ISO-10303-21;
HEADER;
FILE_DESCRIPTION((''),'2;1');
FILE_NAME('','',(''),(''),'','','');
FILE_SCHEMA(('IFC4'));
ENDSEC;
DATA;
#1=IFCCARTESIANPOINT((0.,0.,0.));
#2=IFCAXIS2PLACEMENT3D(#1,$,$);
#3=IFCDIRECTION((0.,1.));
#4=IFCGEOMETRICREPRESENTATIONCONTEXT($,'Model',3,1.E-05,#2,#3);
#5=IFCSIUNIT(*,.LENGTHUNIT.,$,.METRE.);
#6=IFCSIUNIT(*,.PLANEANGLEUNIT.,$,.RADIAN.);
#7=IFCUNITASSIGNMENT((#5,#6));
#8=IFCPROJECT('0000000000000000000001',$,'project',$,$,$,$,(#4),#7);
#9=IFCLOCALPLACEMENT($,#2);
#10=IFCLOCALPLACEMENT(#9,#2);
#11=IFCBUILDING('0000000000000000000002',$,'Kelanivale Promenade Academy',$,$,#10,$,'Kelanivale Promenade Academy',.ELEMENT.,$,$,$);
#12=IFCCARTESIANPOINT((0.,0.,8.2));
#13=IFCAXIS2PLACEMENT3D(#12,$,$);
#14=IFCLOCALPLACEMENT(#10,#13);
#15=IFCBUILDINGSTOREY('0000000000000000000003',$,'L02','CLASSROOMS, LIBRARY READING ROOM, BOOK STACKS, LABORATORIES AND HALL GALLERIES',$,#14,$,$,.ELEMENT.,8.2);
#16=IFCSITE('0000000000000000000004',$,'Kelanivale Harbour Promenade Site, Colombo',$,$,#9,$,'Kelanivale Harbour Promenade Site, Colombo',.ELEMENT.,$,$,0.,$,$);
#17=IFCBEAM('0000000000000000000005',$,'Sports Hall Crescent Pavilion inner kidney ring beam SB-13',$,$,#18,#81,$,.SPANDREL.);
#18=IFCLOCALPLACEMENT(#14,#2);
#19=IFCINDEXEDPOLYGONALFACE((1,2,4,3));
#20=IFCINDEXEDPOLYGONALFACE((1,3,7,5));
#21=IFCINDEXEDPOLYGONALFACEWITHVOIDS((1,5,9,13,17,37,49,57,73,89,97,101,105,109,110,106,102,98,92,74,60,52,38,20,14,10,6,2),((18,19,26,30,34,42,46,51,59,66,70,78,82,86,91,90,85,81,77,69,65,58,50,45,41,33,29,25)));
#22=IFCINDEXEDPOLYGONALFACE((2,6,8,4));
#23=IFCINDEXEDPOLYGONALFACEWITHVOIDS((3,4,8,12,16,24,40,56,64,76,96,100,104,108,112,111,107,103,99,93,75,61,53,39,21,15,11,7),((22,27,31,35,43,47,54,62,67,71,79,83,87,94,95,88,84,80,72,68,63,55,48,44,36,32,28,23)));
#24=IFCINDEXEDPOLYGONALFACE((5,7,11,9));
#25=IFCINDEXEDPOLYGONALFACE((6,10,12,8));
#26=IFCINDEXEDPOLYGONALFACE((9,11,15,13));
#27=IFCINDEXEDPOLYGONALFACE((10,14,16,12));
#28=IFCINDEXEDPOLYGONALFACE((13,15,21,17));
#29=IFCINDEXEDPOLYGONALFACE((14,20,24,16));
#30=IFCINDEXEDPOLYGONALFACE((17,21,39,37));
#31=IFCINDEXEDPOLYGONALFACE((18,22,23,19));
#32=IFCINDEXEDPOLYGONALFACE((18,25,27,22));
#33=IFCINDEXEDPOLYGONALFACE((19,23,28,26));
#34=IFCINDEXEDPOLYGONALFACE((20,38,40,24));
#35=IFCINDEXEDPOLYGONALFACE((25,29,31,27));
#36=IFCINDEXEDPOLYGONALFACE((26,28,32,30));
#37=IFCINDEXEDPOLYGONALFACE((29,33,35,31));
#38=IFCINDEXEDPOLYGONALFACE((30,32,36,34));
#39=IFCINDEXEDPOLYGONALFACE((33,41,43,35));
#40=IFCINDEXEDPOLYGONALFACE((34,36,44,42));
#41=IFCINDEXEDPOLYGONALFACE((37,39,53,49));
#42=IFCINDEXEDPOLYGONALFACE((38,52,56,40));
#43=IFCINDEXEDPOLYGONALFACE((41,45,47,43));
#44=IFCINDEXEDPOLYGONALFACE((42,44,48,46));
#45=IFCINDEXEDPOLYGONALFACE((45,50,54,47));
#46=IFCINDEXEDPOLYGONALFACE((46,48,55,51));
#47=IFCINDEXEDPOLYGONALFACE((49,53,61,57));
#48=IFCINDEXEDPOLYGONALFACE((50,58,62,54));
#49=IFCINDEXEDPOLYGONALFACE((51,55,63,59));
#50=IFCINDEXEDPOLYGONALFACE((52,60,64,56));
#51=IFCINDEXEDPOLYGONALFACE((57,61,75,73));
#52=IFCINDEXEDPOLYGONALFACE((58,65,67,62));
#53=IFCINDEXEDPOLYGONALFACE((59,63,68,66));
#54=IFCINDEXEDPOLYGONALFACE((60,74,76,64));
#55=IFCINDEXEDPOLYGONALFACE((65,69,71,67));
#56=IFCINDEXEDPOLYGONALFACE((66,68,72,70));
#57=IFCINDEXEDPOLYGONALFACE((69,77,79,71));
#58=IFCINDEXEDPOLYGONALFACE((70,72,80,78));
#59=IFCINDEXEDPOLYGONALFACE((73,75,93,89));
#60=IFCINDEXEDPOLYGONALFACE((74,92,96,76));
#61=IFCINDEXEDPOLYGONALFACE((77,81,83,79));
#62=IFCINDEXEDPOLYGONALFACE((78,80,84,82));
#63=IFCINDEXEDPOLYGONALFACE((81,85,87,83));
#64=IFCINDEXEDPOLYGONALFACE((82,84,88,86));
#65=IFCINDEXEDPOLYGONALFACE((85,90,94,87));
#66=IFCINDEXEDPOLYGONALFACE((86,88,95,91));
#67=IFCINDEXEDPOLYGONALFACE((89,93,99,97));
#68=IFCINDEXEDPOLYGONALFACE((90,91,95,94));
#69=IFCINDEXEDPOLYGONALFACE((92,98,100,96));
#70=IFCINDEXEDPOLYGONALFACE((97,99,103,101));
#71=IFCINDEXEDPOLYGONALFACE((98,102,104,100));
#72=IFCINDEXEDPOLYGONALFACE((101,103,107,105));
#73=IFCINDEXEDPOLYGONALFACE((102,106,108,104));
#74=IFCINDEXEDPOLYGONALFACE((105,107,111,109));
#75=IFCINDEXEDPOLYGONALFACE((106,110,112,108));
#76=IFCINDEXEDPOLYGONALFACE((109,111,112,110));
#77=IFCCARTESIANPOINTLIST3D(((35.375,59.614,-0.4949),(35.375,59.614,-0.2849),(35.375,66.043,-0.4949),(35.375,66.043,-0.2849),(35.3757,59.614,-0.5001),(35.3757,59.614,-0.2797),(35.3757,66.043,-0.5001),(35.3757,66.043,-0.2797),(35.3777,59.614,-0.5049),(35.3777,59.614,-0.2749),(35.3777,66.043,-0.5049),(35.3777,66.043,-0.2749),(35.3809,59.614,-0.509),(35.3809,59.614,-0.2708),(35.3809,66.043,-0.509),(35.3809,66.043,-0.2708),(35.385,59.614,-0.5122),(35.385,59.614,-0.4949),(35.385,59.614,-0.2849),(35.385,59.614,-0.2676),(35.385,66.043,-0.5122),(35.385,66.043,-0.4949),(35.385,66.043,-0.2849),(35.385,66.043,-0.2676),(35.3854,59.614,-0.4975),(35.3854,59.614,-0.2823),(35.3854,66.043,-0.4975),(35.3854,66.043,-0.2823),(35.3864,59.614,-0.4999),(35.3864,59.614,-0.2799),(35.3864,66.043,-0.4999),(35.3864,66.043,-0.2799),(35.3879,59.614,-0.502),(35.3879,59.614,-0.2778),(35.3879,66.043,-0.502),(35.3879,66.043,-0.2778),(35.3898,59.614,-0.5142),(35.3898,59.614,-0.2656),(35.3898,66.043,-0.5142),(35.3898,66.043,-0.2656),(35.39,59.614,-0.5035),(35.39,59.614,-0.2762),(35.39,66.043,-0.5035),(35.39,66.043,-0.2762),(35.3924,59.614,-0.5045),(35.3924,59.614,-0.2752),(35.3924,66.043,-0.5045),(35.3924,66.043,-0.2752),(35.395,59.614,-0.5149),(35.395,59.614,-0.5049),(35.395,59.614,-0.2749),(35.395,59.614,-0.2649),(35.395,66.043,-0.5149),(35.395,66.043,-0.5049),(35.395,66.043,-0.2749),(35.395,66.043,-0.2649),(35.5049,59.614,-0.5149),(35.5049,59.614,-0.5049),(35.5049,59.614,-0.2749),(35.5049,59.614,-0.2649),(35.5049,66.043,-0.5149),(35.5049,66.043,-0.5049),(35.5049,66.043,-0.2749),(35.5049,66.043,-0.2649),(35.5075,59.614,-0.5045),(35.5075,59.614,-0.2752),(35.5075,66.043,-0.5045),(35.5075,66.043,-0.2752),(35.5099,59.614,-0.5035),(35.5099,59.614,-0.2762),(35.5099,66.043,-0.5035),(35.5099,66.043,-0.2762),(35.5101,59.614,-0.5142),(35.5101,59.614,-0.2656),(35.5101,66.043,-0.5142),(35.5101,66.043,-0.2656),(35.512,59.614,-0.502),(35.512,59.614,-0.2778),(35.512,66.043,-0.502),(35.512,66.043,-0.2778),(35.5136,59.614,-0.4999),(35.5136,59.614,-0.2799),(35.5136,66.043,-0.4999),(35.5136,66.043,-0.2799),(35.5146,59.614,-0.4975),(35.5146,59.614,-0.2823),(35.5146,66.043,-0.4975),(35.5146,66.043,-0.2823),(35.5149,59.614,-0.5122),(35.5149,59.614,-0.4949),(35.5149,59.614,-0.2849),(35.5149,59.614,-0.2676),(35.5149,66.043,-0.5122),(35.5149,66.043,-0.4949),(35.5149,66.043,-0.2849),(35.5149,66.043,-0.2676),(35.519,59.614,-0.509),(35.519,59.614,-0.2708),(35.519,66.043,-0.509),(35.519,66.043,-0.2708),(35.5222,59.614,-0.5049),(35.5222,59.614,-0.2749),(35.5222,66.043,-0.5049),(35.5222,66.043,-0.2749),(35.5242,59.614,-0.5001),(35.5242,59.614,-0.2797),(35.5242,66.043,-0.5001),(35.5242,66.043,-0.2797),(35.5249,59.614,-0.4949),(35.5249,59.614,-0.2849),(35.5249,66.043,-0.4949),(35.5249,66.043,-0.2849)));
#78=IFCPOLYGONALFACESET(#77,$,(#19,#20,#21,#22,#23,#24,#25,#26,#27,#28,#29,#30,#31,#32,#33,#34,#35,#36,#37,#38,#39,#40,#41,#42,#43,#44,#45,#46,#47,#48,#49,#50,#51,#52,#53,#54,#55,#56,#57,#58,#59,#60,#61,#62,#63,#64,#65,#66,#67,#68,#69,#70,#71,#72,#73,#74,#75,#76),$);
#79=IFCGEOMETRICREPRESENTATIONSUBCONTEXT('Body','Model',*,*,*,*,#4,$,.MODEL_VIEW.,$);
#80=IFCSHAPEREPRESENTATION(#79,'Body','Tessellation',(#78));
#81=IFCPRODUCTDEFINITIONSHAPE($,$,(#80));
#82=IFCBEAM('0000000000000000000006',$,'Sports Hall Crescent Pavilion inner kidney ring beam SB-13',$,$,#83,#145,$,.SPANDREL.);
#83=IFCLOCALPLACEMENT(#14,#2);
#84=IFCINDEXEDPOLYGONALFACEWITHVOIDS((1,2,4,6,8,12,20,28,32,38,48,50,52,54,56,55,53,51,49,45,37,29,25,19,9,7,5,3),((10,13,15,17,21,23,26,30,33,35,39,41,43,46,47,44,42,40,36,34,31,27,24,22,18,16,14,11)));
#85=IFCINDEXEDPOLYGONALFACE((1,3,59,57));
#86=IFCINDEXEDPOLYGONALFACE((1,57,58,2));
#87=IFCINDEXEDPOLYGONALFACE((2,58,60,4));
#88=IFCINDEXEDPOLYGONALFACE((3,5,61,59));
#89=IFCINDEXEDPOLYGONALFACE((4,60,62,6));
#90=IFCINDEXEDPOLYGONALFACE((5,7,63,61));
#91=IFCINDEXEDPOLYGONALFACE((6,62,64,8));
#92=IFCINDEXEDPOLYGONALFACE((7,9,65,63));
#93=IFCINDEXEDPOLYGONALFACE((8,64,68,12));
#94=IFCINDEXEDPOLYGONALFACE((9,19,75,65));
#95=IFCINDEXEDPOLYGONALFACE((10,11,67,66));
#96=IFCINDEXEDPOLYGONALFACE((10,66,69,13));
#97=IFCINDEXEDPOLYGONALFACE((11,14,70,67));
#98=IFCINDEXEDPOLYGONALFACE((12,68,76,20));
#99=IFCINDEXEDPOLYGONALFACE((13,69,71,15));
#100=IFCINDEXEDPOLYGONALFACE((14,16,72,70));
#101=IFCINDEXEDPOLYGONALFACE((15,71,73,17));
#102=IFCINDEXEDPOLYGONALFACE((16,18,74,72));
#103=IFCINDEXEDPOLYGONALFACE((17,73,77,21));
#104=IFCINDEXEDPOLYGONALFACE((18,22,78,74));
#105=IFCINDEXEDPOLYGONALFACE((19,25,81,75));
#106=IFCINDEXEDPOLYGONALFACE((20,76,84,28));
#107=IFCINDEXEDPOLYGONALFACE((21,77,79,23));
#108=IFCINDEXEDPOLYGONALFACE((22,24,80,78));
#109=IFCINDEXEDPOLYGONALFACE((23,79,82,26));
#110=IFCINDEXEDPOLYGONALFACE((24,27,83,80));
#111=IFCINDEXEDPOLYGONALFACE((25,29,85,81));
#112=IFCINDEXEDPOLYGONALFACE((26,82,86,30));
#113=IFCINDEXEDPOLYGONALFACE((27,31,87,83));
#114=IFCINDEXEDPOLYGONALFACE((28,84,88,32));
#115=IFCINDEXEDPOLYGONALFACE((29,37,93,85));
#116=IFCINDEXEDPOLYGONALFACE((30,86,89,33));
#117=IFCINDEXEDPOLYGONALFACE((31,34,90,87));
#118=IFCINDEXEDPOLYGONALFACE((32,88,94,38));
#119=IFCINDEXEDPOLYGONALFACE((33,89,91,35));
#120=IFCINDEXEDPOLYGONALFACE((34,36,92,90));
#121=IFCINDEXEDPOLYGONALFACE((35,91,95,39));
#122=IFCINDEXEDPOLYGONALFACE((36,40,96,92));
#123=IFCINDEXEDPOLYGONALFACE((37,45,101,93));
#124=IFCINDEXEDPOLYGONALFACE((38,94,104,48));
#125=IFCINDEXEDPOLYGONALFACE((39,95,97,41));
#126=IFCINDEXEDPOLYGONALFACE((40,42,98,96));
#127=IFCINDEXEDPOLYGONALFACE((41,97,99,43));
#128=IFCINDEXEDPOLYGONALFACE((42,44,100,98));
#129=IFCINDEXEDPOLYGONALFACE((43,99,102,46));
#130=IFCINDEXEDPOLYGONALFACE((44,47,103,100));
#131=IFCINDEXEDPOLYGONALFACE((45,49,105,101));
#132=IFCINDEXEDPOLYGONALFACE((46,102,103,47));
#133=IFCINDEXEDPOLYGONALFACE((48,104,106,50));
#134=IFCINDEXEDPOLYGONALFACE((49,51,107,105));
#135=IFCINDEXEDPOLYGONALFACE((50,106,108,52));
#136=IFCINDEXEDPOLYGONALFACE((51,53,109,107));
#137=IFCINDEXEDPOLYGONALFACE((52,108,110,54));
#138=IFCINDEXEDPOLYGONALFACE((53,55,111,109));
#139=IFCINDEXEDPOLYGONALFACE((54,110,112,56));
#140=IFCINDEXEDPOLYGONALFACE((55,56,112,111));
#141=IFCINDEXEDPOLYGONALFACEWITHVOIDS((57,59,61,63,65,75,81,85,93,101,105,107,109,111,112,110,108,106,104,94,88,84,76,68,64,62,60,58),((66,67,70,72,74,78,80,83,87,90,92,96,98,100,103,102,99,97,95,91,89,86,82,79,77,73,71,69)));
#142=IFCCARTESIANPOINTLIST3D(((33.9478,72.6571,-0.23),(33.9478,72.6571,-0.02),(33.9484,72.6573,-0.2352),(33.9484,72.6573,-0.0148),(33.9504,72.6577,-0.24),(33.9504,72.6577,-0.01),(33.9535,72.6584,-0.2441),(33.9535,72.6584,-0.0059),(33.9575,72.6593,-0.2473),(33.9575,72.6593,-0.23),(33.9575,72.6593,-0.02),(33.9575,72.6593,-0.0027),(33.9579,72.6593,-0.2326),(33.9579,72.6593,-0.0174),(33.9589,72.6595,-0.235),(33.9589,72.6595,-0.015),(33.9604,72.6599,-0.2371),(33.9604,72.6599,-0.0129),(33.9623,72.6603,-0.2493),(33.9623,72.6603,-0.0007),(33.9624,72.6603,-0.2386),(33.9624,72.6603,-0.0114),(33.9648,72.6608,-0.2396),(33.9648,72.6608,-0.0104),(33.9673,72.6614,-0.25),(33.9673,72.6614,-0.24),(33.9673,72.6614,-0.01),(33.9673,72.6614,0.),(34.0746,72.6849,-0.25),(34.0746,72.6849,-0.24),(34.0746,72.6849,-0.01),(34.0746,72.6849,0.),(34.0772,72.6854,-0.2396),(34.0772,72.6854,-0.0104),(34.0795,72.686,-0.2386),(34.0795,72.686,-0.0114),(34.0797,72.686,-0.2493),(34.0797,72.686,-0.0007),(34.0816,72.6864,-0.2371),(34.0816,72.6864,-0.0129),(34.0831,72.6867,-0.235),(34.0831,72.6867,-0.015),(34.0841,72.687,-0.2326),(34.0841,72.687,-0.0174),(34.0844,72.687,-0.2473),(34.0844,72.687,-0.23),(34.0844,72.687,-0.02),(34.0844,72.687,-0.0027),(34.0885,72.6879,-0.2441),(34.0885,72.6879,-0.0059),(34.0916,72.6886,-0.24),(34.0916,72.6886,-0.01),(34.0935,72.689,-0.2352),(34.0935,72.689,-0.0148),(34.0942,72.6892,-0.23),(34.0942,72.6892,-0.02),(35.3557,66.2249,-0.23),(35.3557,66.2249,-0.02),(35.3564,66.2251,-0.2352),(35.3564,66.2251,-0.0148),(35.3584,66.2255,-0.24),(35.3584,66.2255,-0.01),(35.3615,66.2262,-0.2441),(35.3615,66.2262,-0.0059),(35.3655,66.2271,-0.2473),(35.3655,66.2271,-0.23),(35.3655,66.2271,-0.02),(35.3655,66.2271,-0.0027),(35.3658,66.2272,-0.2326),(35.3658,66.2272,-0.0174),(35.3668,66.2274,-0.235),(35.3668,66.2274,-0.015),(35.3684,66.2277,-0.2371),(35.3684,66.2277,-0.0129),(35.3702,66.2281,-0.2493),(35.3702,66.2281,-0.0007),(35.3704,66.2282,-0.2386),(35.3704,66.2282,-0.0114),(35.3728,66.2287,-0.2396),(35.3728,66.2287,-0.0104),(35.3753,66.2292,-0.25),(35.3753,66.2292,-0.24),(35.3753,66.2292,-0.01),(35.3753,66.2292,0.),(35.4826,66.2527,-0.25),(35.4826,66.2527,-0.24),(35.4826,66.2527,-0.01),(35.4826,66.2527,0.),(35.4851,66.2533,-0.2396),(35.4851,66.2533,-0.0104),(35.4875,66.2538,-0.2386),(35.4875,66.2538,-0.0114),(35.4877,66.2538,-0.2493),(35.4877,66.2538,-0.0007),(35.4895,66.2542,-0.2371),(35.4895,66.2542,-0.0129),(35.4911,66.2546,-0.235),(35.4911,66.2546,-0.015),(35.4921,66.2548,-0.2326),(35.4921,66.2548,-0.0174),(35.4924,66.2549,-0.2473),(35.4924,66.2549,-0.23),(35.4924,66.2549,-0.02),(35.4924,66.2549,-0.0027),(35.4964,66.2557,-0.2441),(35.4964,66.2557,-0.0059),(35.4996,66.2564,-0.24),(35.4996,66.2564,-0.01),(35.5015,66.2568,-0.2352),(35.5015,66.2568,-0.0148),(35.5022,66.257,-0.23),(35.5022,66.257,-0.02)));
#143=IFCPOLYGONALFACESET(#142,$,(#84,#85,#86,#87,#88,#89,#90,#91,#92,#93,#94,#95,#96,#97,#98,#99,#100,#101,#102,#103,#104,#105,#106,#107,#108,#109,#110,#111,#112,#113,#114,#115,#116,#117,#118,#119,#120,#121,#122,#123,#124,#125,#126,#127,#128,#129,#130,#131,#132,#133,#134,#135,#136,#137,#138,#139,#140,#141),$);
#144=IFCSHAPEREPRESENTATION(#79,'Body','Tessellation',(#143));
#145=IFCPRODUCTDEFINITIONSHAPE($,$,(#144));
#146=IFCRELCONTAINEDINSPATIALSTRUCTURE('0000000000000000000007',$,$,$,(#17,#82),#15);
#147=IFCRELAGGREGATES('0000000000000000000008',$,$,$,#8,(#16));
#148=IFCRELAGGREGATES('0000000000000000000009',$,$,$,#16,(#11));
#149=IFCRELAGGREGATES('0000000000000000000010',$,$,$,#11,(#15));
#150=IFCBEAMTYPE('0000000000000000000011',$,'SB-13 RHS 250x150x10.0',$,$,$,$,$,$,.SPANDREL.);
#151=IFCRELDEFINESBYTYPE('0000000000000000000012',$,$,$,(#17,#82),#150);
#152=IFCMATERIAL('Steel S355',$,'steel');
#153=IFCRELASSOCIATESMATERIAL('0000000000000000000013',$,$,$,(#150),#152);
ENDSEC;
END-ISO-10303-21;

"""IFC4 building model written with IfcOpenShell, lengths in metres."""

from ifc_helpers import new_model, si_unit, direction, frame, origin, origin_2d, place, context, subcontext, project, spatial, hollow_rectangle, extrude, material, material_profile, profile_set, type_object, element, save


model = new_model("IFC4")

# Units and contexts
model_context = context("Model", 3, precision=1e-05, world=origin(), true_north=direction((0.0, 1.0)))
body_context = subcontext(model_context, "Body", "Model", "MODEL_VIEW")
ifc_project = project(units=[si_unit("LENGTHUNIT", "METRE"), si_unit("PLANEANGLEUNIT", "RADIAN")], contexts=[model_context])

# Site, building, storey
site_placement = place(None, origin())
site = spatial("IfcSite", under=ifc_project, at=site_placement, Name="Kelanivale Harbour Promenade Site, Colombo", LongName="Kelanivale Harbour Promenade Site, Colombo", CompositionType="ELEMENT", RefElevation=0.0)
building_placement = place(site_placement, origin())
building = spatial("IfcBuilding", under=site, at=building_placement, Name="Kelanivale Promenade Academy", LongName="Kelanivale Promenade Academy", CompositionType="ELEMENT")
storey_placement = place(building_placement, frame((0.0, 0.0, 8.2)))
storey = spatial("IfcBuildingStorey", under=building, at=storey_placement, Name="L02", Description="CLASSROOMS, LIBRARY READING ROOM, BOOK STACKS, LABORATORIES AND HALL GALLERIES", CompositionType="ELEMENT", Elevation=8.2)

# Shared definitions
ifc_material_1 = material(Name="Steel S355", Category="steel")

# Beams
ifc_material_profile_1 = material_profile(ifc_material_1, hollow_rectangle(XDim=0.1499, YDim=0.25, WallThickness=0.01, InnerFilletRadius=0.01, OuterFilletRadius=0.02, at=origin_2d()), Name="RHS 250x150x10.0")
ifc_profile_set_1 = profile_set([ifc_material_profile_1], Name="Steel S355")
beam_type_1 = type_object("IfcBeamType", Name="SB-13 RHS 250x150x10.0", PredefinedType="SPANDREL", material=ifc_profile_set_1)
beam_1_placement = place(storey_placement, frame((35.45, 59.614, -0.3899), z_axis=(0.0, 1.0, 0.0), x_axis=(-1.0, 0.0, 0.0)))
element("IfcBeam", 1, at=beam_1_placement, inside=storey, type_object=beam_type_1, Name="Sports Hall Crescent Pavilion inner kidney ring beam SB-13", PredefinedType="SPANDREL", context=body_context, shape_type="SweptSolid", body=[
    extrude(hollow_rectangle(XDim=0.1499, YDim=0.25, WallThickness=0.01, InnerFilletRadius=0.01, OuterFilletRadius=0.02, at=origin_2d()), origin(), (0.0, 0.0, 1.0), 6.429),
])
beam_2_placement = place(storey_placement, frame((35.429, 66.241, -0.125), z_axis=(-0.213832, 0.97687, 0.0), x_axis=(-0.97687, -0.213832, 0.0)))
element("IfcBeam", 2, at=beam_2_placement, inside=storey, type_object=beam_type_1, Name="Sports Hall Crescent Pavilion inner kidney ring beam SB-13", PredefinedType="SPANDREL", context=body_context, shape_type="SweptSolid", body=[
    extrude(hollow_rectangle(XDim=0.1499, YDim=0.25, WallThickness=0.01, InnerFilletRadius=0.01, OuterFilletRadius=0.02, at=origin_2d()), origin(), (0.0, 0.0, 1.0), 6.5845),
])

save(model, "model.ifc")
